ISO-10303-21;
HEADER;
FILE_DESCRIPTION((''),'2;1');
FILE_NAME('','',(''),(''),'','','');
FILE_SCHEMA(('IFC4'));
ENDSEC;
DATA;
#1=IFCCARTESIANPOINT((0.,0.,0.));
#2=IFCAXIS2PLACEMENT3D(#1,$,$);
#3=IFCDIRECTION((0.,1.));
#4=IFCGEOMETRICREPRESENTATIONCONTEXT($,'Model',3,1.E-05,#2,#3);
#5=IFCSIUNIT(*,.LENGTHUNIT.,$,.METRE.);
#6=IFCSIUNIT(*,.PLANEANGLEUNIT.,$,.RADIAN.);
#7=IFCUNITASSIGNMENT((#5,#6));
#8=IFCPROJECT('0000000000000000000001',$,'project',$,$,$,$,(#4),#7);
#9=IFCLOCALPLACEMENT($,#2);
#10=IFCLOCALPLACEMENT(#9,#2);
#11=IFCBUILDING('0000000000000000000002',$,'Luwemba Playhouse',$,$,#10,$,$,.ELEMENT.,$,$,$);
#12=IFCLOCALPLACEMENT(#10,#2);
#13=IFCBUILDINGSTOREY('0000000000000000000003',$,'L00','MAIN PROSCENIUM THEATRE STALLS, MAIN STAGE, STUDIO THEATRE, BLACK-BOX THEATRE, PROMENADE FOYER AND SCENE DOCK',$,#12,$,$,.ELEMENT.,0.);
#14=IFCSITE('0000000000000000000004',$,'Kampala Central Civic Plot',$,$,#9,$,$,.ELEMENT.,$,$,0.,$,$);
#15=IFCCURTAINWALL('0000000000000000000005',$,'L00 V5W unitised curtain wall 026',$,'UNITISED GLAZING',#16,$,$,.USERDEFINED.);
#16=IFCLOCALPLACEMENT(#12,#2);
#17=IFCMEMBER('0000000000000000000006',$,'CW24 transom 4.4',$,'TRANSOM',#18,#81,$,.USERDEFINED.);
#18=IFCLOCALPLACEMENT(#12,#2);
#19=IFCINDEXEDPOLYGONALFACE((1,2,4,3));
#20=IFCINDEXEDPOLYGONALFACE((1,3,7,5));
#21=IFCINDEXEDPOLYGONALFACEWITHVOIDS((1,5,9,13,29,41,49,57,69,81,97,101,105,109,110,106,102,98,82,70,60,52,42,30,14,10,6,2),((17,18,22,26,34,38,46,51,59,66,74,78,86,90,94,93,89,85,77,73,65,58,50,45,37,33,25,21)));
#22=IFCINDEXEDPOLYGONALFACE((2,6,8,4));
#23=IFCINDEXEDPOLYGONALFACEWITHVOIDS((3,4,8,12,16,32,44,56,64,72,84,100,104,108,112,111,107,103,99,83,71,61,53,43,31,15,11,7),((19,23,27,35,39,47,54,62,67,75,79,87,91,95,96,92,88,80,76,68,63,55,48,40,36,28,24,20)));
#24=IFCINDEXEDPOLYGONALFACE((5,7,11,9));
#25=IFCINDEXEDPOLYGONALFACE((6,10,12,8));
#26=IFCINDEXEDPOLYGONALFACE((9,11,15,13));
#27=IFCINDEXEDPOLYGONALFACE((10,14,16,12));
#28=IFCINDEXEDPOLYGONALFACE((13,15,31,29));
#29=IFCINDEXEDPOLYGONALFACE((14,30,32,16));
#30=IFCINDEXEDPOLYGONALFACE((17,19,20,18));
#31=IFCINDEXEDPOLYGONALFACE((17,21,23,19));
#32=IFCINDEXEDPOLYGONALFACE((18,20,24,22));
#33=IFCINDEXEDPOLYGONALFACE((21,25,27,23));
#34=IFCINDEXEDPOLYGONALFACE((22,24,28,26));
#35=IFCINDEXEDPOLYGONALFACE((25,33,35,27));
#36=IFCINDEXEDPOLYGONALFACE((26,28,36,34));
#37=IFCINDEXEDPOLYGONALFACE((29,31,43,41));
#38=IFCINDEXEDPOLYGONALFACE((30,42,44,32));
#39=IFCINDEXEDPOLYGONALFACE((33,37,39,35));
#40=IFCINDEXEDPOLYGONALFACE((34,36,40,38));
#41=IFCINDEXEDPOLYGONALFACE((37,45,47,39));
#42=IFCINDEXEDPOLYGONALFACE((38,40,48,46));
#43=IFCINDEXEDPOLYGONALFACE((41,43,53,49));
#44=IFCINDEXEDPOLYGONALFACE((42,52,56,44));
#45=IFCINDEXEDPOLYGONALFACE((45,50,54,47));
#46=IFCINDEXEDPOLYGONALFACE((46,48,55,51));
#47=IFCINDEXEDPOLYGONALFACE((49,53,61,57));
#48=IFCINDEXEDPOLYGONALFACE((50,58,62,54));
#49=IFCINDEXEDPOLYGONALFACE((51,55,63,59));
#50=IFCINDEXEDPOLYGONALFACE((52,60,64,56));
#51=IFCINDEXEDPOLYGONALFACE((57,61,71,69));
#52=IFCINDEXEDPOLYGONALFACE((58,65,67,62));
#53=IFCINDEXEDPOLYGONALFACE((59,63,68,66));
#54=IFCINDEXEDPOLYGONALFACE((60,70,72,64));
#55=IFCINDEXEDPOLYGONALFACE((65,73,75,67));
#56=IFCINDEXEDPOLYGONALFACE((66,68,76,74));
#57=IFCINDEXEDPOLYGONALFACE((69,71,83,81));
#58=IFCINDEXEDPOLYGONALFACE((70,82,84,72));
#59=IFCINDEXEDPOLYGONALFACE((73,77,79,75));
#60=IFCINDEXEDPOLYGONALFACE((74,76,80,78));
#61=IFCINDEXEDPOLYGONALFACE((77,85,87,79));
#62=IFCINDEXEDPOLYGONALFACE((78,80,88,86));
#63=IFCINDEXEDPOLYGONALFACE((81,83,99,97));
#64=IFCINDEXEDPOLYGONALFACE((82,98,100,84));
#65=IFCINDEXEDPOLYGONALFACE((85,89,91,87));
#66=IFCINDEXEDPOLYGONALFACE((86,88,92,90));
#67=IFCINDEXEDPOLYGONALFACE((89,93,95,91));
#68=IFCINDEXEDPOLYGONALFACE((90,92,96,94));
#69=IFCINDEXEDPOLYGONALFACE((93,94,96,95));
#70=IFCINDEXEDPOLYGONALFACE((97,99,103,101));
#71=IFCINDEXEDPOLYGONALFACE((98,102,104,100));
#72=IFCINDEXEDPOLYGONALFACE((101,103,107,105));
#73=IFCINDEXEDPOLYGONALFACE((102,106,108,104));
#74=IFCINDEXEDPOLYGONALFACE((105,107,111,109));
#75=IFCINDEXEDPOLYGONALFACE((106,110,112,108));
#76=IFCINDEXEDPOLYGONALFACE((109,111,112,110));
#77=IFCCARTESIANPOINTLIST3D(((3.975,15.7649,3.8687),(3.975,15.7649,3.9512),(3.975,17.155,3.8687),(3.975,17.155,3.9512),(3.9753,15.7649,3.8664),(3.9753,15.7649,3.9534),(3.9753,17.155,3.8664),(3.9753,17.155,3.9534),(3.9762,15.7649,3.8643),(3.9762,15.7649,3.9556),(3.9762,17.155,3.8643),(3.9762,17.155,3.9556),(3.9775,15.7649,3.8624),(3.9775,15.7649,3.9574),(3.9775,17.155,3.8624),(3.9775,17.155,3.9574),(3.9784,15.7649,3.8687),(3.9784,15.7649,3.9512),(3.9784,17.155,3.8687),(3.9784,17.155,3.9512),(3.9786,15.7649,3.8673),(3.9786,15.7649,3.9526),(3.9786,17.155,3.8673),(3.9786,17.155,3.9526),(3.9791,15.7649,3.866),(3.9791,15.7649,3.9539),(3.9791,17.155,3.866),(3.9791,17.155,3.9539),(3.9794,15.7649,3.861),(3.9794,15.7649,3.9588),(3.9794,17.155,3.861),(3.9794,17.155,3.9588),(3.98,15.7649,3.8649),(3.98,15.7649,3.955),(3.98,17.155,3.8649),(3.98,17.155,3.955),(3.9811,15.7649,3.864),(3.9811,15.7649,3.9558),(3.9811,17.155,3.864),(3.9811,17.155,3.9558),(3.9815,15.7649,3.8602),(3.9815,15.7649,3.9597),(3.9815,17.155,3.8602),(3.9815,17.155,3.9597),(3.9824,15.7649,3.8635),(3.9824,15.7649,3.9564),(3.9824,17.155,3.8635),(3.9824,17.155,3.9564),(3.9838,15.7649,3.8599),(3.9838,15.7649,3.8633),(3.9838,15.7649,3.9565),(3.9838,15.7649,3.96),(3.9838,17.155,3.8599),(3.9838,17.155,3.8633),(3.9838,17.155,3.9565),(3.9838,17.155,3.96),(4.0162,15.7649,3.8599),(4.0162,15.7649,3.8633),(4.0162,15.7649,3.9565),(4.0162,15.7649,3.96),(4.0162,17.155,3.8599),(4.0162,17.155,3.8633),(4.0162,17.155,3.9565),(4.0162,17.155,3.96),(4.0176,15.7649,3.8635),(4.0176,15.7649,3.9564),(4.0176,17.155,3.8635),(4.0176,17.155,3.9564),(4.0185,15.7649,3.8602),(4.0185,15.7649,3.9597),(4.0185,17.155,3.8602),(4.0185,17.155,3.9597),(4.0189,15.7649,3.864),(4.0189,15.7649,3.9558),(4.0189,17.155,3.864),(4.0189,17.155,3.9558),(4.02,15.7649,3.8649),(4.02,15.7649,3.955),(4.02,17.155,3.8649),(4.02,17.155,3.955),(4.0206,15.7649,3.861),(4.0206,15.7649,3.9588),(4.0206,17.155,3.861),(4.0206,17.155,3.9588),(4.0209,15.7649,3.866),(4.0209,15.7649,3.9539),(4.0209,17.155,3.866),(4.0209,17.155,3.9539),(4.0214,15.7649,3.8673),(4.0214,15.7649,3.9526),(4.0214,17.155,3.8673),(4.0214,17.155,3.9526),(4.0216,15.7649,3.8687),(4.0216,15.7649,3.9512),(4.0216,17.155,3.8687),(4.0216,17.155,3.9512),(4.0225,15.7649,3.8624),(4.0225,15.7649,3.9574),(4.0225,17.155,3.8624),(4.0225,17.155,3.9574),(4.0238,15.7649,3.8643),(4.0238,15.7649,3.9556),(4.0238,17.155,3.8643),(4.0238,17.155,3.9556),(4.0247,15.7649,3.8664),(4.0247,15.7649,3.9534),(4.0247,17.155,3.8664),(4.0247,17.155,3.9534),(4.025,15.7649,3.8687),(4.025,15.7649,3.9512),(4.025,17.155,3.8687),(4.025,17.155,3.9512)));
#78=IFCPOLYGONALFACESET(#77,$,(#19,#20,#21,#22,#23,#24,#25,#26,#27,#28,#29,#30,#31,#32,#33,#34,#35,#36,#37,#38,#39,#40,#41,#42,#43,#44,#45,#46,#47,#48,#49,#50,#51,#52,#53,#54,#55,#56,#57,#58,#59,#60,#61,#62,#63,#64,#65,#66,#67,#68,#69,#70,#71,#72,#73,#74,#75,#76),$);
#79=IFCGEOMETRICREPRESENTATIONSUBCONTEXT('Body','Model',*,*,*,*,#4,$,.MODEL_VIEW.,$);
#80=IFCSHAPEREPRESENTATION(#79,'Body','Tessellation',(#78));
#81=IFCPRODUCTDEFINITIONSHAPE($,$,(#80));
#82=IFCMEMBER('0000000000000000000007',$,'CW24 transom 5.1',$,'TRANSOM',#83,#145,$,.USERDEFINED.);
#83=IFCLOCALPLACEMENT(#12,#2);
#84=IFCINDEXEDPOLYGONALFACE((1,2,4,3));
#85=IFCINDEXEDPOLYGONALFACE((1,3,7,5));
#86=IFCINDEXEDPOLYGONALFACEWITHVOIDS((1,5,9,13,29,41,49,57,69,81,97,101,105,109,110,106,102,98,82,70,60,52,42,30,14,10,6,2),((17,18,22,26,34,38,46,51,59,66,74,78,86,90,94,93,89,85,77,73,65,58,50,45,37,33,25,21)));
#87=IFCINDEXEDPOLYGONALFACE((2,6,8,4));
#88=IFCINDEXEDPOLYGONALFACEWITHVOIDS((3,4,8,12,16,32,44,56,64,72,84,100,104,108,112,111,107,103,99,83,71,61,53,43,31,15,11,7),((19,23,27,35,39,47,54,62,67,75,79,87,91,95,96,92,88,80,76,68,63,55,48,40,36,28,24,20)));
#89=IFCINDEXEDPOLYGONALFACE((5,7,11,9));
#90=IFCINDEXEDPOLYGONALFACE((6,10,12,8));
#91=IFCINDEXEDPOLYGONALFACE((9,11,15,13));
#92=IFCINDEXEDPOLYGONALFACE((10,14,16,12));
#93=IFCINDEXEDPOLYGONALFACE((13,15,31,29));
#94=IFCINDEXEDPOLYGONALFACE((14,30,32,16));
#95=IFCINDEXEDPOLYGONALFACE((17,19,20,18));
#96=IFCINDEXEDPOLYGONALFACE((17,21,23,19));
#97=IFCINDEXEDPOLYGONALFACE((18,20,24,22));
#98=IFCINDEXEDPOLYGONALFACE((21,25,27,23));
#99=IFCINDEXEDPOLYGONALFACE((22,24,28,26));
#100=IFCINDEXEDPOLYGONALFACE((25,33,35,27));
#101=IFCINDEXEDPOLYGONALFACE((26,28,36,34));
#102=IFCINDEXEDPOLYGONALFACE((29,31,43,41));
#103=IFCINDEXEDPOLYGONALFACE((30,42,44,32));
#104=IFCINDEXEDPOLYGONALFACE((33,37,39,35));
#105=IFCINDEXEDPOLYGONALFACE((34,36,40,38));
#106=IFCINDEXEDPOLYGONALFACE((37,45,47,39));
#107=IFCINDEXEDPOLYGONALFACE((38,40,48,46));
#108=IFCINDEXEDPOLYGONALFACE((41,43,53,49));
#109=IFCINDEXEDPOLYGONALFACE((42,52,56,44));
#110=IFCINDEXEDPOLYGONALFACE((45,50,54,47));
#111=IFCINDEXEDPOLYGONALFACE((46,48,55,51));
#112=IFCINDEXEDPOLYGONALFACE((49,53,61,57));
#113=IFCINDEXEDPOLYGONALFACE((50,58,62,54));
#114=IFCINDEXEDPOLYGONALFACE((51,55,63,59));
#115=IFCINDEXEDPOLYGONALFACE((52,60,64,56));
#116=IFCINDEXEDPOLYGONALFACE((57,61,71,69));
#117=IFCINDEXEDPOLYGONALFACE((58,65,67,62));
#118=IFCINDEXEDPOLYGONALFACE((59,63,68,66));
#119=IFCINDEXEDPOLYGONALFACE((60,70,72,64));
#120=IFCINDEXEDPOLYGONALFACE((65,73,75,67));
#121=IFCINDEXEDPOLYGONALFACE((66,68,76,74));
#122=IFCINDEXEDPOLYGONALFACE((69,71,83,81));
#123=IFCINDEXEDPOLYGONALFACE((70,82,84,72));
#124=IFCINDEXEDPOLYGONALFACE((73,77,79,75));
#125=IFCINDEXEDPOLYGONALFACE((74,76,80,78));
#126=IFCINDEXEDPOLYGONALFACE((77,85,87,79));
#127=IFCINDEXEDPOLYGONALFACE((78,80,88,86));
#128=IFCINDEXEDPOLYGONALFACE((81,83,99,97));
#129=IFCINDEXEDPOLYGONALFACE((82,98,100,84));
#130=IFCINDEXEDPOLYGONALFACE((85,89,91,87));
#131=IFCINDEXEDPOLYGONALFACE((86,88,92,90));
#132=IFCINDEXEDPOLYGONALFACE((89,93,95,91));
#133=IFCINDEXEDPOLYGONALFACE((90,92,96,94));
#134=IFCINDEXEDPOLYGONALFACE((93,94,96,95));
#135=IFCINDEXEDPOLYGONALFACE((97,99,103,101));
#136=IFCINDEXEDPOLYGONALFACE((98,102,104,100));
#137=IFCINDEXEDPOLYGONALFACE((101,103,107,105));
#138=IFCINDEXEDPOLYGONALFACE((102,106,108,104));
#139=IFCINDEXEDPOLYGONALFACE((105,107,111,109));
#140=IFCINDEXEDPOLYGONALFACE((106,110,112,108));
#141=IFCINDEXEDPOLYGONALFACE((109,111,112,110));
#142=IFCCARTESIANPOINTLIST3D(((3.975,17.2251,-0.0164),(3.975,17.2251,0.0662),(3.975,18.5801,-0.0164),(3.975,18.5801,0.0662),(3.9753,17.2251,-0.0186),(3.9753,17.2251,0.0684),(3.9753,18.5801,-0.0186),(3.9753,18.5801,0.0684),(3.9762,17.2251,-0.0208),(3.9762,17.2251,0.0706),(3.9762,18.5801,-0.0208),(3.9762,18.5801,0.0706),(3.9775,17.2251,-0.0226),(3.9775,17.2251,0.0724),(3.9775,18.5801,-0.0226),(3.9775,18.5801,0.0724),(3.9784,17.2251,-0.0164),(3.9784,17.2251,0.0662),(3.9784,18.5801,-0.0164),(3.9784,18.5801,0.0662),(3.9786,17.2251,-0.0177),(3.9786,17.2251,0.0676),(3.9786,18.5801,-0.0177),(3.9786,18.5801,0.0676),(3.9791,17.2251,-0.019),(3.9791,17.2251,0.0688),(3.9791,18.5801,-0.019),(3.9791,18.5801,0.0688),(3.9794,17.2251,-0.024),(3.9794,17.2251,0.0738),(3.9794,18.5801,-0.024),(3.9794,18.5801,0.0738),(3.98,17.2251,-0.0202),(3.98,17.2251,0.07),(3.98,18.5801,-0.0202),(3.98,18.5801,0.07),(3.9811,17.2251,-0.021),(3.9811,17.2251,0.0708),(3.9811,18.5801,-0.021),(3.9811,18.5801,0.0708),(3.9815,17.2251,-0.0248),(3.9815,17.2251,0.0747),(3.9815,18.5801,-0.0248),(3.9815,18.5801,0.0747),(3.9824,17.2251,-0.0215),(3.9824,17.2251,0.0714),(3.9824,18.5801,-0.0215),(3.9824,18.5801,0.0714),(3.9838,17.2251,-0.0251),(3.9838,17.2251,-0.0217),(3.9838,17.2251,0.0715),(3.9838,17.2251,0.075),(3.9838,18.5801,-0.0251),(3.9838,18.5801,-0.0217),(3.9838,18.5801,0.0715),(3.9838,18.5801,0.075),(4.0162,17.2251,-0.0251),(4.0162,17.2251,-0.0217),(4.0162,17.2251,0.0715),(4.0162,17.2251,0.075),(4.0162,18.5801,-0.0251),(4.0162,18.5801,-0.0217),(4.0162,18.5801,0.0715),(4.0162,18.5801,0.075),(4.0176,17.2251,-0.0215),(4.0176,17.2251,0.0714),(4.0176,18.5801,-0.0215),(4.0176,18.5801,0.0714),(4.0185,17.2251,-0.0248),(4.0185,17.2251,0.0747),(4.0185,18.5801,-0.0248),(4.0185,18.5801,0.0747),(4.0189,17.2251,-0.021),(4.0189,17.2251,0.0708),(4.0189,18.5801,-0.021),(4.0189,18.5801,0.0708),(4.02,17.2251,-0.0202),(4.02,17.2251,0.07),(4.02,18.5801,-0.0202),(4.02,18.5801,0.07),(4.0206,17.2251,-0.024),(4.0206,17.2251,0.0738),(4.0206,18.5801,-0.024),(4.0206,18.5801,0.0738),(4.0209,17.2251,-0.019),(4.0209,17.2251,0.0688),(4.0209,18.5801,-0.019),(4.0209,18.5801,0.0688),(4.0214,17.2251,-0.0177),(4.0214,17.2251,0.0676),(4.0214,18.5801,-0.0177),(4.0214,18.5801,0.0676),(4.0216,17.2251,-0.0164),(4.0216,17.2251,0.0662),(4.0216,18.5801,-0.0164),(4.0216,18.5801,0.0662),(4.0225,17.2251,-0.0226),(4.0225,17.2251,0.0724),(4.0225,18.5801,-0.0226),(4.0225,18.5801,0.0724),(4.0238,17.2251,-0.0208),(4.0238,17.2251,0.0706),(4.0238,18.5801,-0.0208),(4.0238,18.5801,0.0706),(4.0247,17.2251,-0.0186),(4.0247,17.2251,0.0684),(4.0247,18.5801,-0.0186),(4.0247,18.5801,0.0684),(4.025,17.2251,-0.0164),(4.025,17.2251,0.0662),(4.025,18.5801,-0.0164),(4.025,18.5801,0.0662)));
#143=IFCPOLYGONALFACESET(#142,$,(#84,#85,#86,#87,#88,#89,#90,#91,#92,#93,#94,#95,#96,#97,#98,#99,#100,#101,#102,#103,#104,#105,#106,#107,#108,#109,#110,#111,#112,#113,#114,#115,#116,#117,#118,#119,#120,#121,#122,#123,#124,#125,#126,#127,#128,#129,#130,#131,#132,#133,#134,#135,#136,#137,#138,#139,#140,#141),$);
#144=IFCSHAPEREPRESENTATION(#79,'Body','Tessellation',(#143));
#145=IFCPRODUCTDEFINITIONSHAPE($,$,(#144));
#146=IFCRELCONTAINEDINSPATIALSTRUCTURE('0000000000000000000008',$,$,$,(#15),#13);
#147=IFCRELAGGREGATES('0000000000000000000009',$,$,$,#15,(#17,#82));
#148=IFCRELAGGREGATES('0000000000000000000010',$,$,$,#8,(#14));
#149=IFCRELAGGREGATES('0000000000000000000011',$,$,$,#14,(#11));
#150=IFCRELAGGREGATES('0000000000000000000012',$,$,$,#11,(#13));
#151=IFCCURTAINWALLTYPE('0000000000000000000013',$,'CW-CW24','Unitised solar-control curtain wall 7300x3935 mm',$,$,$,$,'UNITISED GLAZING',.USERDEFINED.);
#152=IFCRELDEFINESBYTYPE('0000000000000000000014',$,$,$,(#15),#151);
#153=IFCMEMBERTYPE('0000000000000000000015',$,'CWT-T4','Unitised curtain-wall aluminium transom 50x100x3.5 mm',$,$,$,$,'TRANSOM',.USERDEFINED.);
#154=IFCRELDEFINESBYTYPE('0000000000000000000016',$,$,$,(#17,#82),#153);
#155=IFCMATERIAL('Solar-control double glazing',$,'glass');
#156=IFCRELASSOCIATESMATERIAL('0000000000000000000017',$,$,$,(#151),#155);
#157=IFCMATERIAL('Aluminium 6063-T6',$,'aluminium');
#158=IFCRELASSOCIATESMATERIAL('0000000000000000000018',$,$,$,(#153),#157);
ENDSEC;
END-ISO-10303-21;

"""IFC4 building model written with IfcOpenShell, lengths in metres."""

from ifc_helpers import new_model, si_unit, direction, frame, origin, origin_2d, place, context, subcontext, project, spatial, hollow_rectangle, extrude, material, material_profile, profile_set, type_object, element, aggregate, save


model = new_model("IFC4")

# Units and contexts
model_context = context("Model", 3, precision=1e-05, world=origin(), true_north=direction((0.0, 1.0)))
body_context = subcontext(model_context, "Body", "Model", "MODEL_VIEW")
ifc_project = project(units=[si_unit("LENGTHUNIT", "METRE"), si_unit("PLANEANGLEUNIT", "RADIAN")], contexts=[model_context])

# Site, building, storey
site_placement = place(None, origin())
site = spatial("IfcSite", under=ifc_project, at=site_placement, Name="Kampala Central Civic Plot", CompositionType="ELEMENT", RefElevation=0.0)
building_placement = place(site_placement, origin())
building = spatial("IfcBuilding", under=site, at=building_placement, Name="Luwemba Playhouse", CompositionType="ELEMENT")
storey_placement = place(building_placement, origin())
storey = spatial("IfcBuildingStorey", under=building, at=storey_placement, Name="L00", Description="MAIN PROSCENIUM THEATRE STALLS, MAIN STAGE, STUDIO THEATRE, BLACK-BOX THEATRE, PROMENADE FOYER AND SCENE DOCK", CompositionType="ELEMENT", Elevation=0.0)

# Curtain wall, members
ifc_material_1 = material(Name="Solar-control double glazing", Category="glass")
curtain_wall_type = type_object("IfcCurtainWallType", Name="CW-CW24", Description="Unitised solar-control curtain wall 7300x3935 mm", ElementType="UNITISED GLAZING", PredefinedType="USERDEFINED", material=ifc_material_1)
curtain_wall_placement = place(storey_placement, origin())
curtain_wall = element("IfcCurtainWall", 1, at=curtain_wall_placement, inside=storey, type_object=curtain_wall_type, Name="L00 V5W unitised curtain wall 026", ObjectType="UNITISED GLAZING", PredefinedType="USERDEFINED")
ifc_material_2 = material(Name="Aluminium 6063-T6", Category="aluminium")
ifc_material_profile_1 = material_profile(ifc_material_2, hollow_rectangle(XDim=0.05, YDim=0.1001, WallThickness=0.0034, InnerFilletRadius=0.0054, OuterFilletRadius=0.0088, at=origin_2d()))
ifc_profile_set_1 = profile_set([ifc_material_profile_1], Name="Aluminium 6063-T6")
member_type_1 = type_object("IfcMemberType", Name="CWT-T4", Description="Unitised curtain-wall aluminium transom 50x100x3.5 mm", ElementType="TRANSOM", PredefinedType="USERDEFINED", material=ifc_profile_set_1)
member_1_placement = place(storey_placement, frame((4.0, 15.7649, 3.9099), z_axis=(0.0, 1.0, 0.0), x_axis=(-1.0, 0.0, 0.0)))
member_1 = element("IfcMember", 2, at=member_1_placement, type_object=member_type_1, Name="CW24 transom 4.4", ObjectType="TRANSOM", PredefinedType="USERDEFINED", context=body_context, shape_type="SweptSolid", body=[
    extrude(hollow_rectangle(XDim=0.05, YDim=0.1001, WallThickness=0.0034, InnerFilletRadius=0.0054, OuterFilletRadius=0.0088, at=origin_2d()), origin(), (0.0, 0.0, 1.0), 1.3901),
])
member_2_placement = place(storey_placement, frame((4.0, 17.2251, 0.0249), z_axis=(0.0, 1.0, 0.0), x_axis=(-1.0, 0.0, 0.0)))
member_2 = element("IfcMember", 3, at=member_2_placement, type_object=member_type_1, Name="CW24 transom 5.1", ObjectType="TRANSOM", PredefinedType="USERDEFINED", context=body_context, shape_type="SweptSolid", body=[
    extrude(hollow_rectangle(XDim=0.05, YDim=0.1001, WallThickness=0.0034, InnerFilletRadius=0.0054, OuterFilletRadius=0.0088, at=origin_2d()), origin(), (0.0, 0.0, 1.0), 1.355),
])
aggregate(curtain_wall, [member_1, member_2])

save(model, "model.ifc")
